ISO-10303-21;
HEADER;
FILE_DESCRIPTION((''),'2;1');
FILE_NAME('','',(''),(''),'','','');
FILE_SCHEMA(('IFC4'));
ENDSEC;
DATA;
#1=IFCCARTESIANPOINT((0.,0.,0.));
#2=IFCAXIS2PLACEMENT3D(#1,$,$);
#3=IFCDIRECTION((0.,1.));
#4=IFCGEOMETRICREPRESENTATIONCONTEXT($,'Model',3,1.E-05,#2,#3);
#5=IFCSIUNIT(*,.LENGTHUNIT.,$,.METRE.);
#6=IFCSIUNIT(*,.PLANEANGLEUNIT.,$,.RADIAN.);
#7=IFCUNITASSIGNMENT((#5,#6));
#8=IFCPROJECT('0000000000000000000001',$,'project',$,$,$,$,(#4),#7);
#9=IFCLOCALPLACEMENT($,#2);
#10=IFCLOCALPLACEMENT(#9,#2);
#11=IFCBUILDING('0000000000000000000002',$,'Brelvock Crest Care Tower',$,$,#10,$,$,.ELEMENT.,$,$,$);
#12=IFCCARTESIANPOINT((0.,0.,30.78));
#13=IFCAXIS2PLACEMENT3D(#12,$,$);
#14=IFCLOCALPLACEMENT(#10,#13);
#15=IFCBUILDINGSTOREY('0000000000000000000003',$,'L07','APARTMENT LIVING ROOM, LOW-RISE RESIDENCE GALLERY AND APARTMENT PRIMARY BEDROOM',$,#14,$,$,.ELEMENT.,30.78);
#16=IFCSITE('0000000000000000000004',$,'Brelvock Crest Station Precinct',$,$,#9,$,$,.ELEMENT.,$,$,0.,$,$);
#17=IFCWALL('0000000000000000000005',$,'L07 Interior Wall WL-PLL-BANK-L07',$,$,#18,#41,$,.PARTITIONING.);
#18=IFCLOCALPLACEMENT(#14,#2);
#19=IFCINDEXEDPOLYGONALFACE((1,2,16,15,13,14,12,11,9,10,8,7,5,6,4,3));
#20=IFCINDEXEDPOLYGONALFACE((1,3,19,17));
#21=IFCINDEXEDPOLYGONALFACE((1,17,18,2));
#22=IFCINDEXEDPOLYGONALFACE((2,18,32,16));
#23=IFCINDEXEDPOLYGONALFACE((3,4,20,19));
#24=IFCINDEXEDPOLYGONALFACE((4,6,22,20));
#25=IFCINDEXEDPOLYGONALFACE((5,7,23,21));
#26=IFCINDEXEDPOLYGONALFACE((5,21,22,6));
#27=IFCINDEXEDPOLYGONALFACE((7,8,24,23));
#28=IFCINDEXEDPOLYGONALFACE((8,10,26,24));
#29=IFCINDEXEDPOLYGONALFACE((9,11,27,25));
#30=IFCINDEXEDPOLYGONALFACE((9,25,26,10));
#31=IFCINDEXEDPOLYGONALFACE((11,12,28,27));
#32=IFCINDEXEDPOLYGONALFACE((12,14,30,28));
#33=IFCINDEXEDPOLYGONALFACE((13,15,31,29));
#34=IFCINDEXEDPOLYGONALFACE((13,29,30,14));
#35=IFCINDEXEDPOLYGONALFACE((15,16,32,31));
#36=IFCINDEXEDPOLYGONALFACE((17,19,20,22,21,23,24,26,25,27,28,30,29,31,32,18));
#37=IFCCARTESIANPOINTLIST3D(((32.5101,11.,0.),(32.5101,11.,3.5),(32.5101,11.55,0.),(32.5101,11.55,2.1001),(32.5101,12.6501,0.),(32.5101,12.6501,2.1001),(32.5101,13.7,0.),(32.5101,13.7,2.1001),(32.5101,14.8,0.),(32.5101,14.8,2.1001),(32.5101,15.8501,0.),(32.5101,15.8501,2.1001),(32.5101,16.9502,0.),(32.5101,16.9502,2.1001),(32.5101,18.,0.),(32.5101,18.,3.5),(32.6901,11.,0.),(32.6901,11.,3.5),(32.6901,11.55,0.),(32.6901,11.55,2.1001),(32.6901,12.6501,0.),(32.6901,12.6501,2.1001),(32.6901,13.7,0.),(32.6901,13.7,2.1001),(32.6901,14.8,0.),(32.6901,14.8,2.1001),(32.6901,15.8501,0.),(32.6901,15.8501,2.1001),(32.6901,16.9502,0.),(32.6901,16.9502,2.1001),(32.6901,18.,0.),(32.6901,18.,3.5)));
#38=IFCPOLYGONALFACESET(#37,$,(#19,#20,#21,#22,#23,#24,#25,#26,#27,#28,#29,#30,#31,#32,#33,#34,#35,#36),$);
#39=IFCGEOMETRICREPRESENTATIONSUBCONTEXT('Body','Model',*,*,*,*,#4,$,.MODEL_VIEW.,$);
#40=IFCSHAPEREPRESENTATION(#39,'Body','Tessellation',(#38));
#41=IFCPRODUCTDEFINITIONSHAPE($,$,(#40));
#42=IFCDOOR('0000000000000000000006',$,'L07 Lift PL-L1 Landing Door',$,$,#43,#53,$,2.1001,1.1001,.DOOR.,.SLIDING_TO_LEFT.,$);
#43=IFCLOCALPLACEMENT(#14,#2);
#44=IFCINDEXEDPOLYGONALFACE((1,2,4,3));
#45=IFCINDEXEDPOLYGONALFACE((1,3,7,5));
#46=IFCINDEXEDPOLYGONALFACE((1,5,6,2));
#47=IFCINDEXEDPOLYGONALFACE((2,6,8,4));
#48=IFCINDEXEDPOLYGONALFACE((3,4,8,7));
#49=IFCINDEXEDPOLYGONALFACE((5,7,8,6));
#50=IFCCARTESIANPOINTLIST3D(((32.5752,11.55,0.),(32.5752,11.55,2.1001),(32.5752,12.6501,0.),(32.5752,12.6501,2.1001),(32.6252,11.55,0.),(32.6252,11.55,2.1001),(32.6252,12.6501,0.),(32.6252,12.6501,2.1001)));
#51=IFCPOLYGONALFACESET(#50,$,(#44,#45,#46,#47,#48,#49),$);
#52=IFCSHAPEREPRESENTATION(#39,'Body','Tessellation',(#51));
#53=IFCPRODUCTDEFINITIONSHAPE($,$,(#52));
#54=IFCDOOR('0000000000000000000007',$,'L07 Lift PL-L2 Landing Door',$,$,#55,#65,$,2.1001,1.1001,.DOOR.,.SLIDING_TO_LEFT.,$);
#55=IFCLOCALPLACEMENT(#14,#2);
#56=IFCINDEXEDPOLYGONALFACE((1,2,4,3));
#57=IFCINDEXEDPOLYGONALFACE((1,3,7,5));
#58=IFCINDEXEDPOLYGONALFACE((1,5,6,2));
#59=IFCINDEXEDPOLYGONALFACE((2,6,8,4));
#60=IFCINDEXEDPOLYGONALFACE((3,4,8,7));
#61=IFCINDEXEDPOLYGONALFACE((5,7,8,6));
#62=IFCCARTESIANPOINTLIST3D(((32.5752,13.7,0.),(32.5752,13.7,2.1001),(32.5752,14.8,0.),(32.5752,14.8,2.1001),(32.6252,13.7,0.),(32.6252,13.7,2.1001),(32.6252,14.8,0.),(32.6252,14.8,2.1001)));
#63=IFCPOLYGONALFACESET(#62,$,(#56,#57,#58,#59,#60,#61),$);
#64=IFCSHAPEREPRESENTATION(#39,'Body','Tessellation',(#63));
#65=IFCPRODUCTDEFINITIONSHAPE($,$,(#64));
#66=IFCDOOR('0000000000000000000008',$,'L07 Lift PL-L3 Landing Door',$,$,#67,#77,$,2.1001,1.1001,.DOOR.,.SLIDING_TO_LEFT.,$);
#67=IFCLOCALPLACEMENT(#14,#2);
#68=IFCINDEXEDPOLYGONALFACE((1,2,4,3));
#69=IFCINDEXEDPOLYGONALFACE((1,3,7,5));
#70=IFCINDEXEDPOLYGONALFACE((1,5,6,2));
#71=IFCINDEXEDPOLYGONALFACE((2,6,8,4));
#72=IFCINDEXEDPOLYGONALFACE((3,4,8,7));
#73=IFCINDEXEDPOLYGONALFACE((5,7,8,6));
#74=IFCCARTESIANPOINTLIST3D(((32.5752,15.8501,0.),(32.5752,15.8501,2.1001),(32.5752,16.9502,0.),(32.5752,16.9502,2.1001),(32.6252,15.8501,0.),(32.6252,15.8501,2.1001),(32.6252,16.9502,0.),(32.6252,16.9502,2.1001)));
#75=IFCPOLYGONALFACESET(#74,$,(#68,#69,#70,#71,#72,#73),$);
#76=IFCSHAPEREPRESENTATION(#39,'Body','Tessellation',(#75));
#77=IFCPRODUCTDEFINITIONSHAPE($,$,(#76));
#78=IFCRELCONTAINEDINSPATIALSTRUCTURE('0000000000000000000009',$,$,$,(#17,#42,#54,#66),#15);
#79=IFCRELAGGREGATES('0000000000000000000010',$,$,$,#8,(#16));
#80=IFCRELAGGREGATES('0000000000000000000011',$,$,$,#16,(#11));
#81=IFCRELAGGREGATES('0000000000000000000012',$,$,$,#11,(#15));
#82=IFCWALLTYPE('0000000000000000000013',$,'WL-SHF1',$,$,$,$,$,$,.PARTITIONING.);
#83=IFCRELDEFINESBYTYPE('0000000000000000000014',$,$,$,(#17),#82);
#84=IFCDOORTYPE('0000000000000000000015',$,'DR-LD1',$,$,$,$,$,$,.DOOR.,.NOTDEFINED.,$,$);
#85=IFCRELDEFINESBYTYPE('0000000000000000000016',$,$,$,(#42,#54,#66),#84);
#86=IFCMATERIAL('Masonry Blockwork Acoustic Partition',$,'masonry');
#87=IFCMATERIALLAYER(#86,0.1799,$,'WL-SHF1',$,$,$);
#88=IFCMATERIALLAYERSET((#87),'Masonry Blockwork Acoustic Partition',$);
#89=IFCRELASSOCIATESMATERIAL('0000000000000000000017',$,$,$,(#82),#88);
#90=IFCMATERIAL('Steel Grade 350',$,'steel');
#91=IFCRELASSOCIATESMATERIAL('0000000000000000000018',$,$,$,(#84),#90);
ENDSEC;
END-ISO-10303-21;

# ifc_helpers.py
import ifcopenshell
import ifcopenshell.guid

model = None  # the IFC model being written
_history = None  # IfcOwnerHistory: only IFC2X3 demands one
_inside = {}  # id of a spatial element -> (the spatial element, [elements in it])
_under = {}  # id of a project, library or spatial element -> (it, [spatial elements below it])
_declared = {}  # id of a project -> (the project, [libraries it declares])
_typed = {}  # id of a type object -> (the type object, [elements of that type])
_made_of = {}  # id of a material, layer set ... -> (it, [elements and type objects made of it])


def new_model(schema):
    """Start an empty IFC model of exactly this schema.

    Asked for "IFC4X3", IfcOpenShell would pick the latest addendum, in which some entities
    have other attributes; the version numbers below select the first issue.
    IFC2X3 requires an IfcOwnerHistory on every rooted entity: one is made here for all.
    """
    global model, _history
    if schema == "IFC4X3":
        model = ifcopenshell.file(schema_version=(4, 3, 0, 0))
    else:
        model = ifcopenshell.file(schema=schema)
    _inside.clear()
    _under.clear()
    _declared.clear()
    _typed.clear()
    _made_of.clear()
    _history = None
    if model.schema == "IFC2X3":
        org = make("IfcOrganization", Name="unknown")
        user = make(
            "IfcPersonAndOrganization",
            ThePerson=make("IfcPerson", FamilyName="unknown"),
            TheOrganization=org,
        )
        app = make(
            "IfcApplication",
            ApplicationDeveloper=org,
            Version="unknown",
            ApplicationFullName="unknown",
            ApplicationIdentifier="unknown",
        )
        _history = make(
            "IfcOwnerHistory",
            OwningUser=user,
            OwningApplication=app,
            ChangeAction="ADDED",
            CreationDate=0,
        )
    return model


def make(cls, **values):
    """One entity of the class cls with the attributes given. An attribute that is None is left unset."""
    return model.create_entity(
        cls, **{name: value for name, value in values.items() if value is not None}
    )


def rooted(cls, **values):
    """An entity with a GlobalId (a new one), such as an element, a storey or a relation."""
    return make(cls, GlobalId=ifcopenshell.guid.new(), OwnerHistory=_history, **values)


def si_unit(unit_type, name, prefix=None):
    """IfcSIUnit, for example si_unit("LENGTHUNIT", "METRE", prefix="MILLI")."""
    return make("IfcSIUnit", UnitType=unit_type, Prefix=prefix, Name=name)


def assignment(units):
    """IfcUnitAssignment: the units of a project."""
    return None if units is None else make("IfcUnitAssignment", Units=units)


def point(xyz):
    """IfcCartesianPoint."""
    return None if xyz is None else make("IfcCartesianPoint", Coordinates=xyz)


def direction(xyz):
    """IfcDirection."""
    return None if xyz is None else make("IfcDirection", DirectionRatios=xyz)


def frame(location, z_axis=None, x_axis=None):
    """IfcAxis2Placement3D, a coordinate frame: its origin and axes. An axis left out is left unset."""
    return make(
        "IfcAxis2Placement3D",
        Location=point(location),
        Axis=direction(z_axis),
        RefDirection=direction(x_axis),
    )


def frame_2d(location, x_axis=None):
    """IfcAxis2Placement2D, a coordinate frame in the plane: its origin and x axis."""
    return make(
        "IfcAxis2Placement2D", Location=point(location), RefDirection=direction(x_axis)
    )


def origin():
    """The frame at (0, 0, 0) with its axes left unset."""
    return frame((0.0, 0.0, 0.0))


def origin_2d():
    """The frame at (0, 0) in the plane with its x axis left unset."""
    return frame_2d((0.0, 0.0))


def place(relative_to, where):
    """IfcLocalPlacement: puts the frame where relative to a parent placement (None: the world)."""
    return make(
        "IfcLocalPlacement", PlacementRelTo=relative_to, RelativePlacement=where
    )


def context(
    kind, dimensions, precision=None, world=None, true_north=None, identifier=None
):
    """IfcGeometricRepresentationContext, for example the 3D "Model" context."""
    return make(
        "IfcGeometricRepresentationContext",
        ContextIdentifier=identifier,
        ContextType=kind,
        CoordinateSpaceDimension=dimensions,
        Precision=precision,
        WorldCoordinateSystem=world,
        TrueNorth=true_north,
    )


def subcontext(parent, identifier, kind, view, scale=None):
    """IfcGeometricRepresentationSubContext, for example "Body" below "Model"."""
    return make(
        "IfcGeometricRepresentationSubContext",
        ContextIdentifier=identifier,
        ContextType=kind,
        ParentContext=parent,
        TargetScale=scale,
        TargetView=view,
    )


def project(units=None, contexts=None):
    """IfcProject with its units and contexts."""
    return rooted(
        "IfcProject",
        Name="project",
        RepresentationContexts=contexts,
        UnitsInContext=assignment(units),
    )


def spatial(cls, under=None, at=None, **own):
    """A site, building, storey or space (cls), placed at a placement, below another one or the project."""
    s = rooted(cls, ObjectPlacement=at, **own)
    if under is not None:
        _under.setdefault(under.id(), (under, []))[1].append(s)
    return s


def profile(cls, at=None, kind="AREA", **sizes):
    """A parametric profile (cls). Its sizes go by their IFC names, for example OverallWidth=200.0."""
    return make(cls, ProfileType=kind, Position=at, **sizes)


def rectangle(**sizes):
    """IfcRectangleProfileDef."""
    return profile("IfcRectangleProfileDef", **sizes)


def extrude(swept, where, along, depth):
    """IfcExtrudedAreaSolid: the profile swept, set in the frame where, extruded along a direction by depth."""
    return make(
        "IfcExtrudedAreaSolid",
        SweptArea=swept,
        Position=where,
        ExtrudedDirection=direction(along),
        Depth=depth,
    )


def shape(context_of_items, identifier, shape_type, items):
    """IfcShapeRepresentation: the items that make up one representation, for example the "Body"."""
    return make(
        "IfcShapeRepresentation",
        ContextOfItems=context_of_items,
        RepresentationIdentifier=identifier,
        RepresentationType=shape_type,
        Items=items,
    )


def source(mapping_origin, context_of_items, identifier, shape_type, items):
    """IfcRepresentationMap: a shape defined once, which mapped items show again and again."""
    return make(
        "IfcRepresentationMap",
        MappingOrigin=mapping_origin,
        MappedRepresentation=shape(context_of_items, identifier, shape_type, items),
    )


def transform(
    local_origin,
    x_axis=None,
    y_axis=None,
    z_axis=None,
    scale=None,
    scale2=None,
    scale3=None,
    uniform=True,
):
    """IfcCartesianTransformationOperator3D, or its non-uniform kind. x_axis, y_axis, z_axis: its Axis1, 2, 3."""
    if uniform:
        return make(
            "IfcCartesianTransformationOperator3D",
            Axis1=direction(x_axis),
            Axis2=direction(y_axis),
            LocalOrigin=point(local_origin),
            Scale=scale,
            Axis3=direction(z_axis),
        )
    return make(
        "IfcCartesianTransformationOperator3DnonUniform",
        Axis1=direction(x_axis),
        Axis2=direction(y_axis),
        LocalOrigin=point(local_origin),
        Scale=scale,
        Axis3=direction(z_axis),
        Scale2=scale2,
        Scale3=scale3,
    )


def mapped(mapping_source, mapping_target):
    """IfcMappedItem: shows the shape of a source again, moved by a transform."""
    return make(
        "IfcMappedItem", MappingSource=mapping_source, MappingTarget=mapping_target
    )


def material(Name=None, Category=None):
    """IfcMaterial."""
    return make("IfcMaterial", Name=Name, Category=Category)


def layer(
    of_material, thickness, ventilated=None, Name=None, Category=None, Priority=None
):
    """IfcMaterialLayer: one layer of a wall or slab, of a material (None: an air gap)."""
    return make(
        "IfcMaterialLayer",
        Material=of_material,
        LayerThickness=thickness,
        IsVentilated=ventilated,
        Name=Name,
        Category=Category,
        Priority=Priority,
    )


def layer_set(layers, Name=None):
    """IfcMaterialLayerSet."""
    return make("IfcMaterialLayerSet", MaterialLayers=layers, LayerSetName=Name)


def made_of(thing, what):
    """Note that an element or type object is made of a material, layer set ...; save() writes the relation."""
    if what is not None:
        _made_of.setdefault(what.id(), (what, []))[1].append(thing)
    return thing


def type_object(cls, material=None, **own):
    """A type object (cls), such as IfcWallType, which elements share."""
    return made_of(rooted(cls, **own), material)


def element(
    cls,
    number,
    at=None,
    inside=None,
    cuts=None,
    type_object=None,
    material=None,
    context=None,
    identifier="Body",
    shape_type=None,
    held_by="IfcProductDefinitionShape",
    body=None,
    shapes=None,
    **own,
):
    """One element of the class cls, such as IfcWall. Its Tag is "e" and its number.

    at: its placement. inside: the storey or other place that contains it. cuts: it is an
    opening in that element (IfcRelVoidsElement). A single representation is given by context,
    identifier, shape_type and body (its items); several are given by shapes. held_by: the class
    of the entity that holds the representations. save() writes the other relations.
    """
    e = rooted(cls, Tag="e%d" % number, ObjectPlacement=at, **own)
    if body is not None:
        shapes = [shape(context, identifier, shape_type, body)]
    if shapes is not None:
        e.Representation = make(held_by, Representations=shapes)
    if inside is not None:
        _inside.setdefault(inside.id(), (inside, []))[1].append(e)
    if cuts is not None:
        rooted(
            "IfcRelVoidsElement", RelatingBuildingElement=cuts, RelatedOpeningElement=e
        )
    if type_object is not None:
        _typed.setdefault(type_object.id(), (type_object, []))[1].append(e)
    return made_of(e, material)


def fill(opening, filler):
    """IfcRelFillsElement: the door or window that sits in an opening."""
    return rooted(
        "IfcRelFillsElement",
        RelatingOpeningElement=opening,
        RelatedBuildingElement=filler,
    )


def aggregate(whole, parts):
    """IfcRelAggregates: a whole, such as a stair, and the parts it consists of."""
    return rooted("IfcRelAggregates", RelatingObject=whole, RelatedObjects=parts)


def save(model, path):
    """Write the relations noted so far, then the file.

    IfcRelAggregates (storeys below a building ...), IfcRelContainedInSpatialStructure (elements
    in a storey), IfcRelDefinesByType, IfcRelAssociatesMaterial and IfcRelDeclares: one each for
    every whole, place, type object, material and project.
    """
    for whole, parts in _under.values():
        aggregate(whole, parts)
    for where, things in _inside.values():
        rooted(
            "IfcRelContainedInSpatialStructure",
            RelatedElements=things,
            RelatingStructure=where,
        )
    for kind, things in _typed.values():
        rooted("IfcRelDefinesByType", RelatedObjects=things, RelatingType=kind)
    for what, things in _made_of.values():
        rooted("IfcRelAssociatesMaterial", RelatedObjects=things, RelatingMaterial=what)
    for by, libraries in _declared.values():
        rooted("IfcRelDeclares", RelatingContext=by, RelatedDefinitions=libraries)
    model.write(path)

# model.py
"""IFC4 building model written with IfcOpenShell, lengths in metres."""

from ifc_helpers import new_model, si_unit, direction, frame, frame_2d, origin, origin_2d, place, context, subcontext, project, spatial, rectangle, extrude, source, transform, mapped, material, layer, layer_set, type_object, element, fill, save


model = new_model("IFC4")

# Units and contexts
model_context = context("Model", 3, precision=1e-05, world=origin(), true_north=direction((0.0, 1.0)))
body_context = subcontext(model_context, "Body", "Model", "MODEL_VIEW")
ifc_project = project(units=[si_unit("LENGTHUNIT", "METRE"), si_unit("PLANEANGLEUNIT", "RADIAN")], contexts=[model_context])

# Site, building, storey
site_placement = place(None, origin())
site = spatial("IfcSite", under=ifc_project, at=site_placement, Name="Brelvock Crest Station Precinct", CompositionType="ELEMENT", RefElevation=0.0)
building_placement = place(site_placement, origin())
building = spatial("IfcBuilding", under=site, at=building_placement, Name="Brelvock Crest Care Tower", CompositionType="ELEMENT")
storey_placement = place(building_placement, frame((0.0, 0.0, 30.78)))
storey = spatial("IfcBuildingStorey", under=building, at=storey_placement, Name="L07", Description="APARTMENT LIVING ROOM, LOW-RISE RESIDENCE GALLERY AND APARTMENT PRIMARY BEDROOM", CompositionType="ELEMENT", Elevation=30.78)

# Shared definitions
ifc_material_1 = material(Name="Steel Grade 350", Category="steel")

# Shared definitions
ifc_material_2 = material(Name="Masonry Blockwork Acoustic Partition", Category="masonry")

# Shared definitions
ifc_layer_1 = layer(ifc_material_2, 0.1799, Name="WL-SHF1")
ifc_layer_set_1 = layer_set([ifc_layer_1], Name="Masonry Blockwork Acoustic Partition")
wall_type_1 = type_object("IfcWallType", Name="WL-SHF1", PredefinedType="PARTITIONING", material=ifc_layer_set_1)

# Shared definitions
door_type_1 = type_object("IfcDoorType", Name="DR-LD1", OperationType="NOTDEFINED", PredefinedType="DOOR", material=ifc_material_1)
shared_shape_1 = source(origin(), body_context, "Body", "SweptSolid", [
    extrude(rectangle(XDim=1.1001, YDim=2.1001, at=origin_2d()), frame((0.55, 0.0249, 1.05), z_axis=(0.0, -1.0, 0.0), x_axis=(1.0, 0.0, 0.0)), (0.0, 0.0, 1.0), 0.05),
])

# Wall, openings, doors
wall_1_placement = place(storey_placement, frame((32.6001, 11.0, 0.0), z_axis=(0.0, 0.0, 1.0), x_axis=(0.0, 1.0, 0.0)))
wall_1 = element("IfcWall", 1, at=wall_1_placement, inside=storey, type_object=wall_type_1, Name="L07 Interior Wall WL-PLL-BANK-L07", PredefinedType="PARTITIONING", context=body_context, shape_type="SweptSolid", body=[
    extrude(rectangle(XDim=7.0, YDim=0.1799, at=frame_2d((3.5, 0.0))), origin(), (0.0, 0.0, 1.0), 3.5),
])
opening_1_placement = place(wall_1_placement, frame((0.55, 0.0, 0.0)))
opening_1 = element("IfcOpeningElement", 2, at=opening_1_placement, cuts=wall_1, PredefinedType="OPENING", context=body_context, shape_type="SweptSolid", body=[
    extrude(rectangle(XDim=1.1001, YDim=2.1001, at=origin_2d()), frame((0.55, 0.1001, 1.05), z_axis=(0.0, -1.0, 0.0), x_axis=(1.0, 0.0, 0.0)), (0.0, 0.0, 1.0), 0.2),
])
opening_2_placement = place(wall_1_placement, frame((2.7, 0.0, 0.0)))
opening_2 = element("IfcOpeningElement", 3, at=opening_2_placement, cuts=wall_1, PredefinedType="OPENING", context=body_context, shape_type="SweptSolid", body=[
    extrude(rectangle(XDim=1.1001, YDim=2.1001, at=origin_2d()), frame((0.55, 0.1001, 1.05), z_axis=(0.0, -1.0, 0.0), x_axis=(1.0, 0.0, 0.0)), (0.0, 0.0, 1.0), 0.2),
])
opening_3_placement = place(wall_1_placement, frame((4.8501, 0.0, 0.0)))
opening_3 = element("IfcOpeningElement", 4, at=opening_3_placement, cuts=wall_1, PredefinedType="OPENING", context=body_context, shape_type="SweptSolid", body=[
    extrude(rectangle(XDim=1.1001, YDim=2.1001, at=origin_2d()), frame((0.55, 0.1001, 1.05), z_axis=(0.0, -1.0, 0.0), x_axis=(1.0, 0.0, 0.0)), (0.0, 0.0, 1.0), 0.2),
])
door_1_placement = place(opening_1_placement, origin())
door_1 = element("IfcDoor", 5, at=door_1_placement, inside=storey, type_object=door_type_1, Name="L07 Lift PL-L1 Landing Door", OperationType="SLIDING_TO_LEFT", OverallHeight=2.1001, OverallWidth=1.1001, PredefinedType="DOOR", context=body_context, shape_type="MappedRepresentation", body=[
    mapped(shared_shape_1, transform((0.0, 0.0, 0.0), x_axis=(1.0, 0.0, 0.0), y_axis=(0.0, 1.0, 0.0), z_axis=(0.0, 0.0, 1.0), scale=1.0)),
])
fill(opening_1, door_1)
door_2_placement = place(opening_2_placement, origin())
door_2 = element("IfcDoor", 6, at=door_2_placement, inside=storey, type_object=door_type_1, Name="L07 Lift PL-L2 Landing Door", OperationType="SLIDING_TO_LEFT", OverallHeight=2.1001, OverallWidth=1.1001, PredefinedType="DOOR", context=body_context, shape_type="MappedRepresentation", body=[
    mapped(shared_shape_1, transform((0.0, 0.0, 0.0), x_axis=(1.0, 0.0, 0.0), y_axis=(0.0, 1.0, 0.0), z_axis=(0.0, 0.0, 1.0), scale=1.0)),
])
fill(opening_2, door_2)
door_3_placement = place(opening_3_placement, origin())
door_3 = element("IfcDoor", 7, at=door_3_placement, inside=storey, type_object=door_type_1, Name="L07 Lift PL-L3 Landing Door", OperationType="SLIDING_TO_LEFT", OverallHeight=2.1001, OverallWidth=1.1001, PredefinedType="DOOR", context=body_context, shape_type="MappedRepresentation", body=[
    mapped(shared_shape_1, transform((0.0, 0.0, 0.0), x_axis=(1.0, 0.0, 0.0), y_axis=(0.0, 1.0, 0.0), z_axis=(0.0, 0.0, 1.0), scale=1.0)),
])
fill(opening_3, door_3)

save(model, "model.ifc")
